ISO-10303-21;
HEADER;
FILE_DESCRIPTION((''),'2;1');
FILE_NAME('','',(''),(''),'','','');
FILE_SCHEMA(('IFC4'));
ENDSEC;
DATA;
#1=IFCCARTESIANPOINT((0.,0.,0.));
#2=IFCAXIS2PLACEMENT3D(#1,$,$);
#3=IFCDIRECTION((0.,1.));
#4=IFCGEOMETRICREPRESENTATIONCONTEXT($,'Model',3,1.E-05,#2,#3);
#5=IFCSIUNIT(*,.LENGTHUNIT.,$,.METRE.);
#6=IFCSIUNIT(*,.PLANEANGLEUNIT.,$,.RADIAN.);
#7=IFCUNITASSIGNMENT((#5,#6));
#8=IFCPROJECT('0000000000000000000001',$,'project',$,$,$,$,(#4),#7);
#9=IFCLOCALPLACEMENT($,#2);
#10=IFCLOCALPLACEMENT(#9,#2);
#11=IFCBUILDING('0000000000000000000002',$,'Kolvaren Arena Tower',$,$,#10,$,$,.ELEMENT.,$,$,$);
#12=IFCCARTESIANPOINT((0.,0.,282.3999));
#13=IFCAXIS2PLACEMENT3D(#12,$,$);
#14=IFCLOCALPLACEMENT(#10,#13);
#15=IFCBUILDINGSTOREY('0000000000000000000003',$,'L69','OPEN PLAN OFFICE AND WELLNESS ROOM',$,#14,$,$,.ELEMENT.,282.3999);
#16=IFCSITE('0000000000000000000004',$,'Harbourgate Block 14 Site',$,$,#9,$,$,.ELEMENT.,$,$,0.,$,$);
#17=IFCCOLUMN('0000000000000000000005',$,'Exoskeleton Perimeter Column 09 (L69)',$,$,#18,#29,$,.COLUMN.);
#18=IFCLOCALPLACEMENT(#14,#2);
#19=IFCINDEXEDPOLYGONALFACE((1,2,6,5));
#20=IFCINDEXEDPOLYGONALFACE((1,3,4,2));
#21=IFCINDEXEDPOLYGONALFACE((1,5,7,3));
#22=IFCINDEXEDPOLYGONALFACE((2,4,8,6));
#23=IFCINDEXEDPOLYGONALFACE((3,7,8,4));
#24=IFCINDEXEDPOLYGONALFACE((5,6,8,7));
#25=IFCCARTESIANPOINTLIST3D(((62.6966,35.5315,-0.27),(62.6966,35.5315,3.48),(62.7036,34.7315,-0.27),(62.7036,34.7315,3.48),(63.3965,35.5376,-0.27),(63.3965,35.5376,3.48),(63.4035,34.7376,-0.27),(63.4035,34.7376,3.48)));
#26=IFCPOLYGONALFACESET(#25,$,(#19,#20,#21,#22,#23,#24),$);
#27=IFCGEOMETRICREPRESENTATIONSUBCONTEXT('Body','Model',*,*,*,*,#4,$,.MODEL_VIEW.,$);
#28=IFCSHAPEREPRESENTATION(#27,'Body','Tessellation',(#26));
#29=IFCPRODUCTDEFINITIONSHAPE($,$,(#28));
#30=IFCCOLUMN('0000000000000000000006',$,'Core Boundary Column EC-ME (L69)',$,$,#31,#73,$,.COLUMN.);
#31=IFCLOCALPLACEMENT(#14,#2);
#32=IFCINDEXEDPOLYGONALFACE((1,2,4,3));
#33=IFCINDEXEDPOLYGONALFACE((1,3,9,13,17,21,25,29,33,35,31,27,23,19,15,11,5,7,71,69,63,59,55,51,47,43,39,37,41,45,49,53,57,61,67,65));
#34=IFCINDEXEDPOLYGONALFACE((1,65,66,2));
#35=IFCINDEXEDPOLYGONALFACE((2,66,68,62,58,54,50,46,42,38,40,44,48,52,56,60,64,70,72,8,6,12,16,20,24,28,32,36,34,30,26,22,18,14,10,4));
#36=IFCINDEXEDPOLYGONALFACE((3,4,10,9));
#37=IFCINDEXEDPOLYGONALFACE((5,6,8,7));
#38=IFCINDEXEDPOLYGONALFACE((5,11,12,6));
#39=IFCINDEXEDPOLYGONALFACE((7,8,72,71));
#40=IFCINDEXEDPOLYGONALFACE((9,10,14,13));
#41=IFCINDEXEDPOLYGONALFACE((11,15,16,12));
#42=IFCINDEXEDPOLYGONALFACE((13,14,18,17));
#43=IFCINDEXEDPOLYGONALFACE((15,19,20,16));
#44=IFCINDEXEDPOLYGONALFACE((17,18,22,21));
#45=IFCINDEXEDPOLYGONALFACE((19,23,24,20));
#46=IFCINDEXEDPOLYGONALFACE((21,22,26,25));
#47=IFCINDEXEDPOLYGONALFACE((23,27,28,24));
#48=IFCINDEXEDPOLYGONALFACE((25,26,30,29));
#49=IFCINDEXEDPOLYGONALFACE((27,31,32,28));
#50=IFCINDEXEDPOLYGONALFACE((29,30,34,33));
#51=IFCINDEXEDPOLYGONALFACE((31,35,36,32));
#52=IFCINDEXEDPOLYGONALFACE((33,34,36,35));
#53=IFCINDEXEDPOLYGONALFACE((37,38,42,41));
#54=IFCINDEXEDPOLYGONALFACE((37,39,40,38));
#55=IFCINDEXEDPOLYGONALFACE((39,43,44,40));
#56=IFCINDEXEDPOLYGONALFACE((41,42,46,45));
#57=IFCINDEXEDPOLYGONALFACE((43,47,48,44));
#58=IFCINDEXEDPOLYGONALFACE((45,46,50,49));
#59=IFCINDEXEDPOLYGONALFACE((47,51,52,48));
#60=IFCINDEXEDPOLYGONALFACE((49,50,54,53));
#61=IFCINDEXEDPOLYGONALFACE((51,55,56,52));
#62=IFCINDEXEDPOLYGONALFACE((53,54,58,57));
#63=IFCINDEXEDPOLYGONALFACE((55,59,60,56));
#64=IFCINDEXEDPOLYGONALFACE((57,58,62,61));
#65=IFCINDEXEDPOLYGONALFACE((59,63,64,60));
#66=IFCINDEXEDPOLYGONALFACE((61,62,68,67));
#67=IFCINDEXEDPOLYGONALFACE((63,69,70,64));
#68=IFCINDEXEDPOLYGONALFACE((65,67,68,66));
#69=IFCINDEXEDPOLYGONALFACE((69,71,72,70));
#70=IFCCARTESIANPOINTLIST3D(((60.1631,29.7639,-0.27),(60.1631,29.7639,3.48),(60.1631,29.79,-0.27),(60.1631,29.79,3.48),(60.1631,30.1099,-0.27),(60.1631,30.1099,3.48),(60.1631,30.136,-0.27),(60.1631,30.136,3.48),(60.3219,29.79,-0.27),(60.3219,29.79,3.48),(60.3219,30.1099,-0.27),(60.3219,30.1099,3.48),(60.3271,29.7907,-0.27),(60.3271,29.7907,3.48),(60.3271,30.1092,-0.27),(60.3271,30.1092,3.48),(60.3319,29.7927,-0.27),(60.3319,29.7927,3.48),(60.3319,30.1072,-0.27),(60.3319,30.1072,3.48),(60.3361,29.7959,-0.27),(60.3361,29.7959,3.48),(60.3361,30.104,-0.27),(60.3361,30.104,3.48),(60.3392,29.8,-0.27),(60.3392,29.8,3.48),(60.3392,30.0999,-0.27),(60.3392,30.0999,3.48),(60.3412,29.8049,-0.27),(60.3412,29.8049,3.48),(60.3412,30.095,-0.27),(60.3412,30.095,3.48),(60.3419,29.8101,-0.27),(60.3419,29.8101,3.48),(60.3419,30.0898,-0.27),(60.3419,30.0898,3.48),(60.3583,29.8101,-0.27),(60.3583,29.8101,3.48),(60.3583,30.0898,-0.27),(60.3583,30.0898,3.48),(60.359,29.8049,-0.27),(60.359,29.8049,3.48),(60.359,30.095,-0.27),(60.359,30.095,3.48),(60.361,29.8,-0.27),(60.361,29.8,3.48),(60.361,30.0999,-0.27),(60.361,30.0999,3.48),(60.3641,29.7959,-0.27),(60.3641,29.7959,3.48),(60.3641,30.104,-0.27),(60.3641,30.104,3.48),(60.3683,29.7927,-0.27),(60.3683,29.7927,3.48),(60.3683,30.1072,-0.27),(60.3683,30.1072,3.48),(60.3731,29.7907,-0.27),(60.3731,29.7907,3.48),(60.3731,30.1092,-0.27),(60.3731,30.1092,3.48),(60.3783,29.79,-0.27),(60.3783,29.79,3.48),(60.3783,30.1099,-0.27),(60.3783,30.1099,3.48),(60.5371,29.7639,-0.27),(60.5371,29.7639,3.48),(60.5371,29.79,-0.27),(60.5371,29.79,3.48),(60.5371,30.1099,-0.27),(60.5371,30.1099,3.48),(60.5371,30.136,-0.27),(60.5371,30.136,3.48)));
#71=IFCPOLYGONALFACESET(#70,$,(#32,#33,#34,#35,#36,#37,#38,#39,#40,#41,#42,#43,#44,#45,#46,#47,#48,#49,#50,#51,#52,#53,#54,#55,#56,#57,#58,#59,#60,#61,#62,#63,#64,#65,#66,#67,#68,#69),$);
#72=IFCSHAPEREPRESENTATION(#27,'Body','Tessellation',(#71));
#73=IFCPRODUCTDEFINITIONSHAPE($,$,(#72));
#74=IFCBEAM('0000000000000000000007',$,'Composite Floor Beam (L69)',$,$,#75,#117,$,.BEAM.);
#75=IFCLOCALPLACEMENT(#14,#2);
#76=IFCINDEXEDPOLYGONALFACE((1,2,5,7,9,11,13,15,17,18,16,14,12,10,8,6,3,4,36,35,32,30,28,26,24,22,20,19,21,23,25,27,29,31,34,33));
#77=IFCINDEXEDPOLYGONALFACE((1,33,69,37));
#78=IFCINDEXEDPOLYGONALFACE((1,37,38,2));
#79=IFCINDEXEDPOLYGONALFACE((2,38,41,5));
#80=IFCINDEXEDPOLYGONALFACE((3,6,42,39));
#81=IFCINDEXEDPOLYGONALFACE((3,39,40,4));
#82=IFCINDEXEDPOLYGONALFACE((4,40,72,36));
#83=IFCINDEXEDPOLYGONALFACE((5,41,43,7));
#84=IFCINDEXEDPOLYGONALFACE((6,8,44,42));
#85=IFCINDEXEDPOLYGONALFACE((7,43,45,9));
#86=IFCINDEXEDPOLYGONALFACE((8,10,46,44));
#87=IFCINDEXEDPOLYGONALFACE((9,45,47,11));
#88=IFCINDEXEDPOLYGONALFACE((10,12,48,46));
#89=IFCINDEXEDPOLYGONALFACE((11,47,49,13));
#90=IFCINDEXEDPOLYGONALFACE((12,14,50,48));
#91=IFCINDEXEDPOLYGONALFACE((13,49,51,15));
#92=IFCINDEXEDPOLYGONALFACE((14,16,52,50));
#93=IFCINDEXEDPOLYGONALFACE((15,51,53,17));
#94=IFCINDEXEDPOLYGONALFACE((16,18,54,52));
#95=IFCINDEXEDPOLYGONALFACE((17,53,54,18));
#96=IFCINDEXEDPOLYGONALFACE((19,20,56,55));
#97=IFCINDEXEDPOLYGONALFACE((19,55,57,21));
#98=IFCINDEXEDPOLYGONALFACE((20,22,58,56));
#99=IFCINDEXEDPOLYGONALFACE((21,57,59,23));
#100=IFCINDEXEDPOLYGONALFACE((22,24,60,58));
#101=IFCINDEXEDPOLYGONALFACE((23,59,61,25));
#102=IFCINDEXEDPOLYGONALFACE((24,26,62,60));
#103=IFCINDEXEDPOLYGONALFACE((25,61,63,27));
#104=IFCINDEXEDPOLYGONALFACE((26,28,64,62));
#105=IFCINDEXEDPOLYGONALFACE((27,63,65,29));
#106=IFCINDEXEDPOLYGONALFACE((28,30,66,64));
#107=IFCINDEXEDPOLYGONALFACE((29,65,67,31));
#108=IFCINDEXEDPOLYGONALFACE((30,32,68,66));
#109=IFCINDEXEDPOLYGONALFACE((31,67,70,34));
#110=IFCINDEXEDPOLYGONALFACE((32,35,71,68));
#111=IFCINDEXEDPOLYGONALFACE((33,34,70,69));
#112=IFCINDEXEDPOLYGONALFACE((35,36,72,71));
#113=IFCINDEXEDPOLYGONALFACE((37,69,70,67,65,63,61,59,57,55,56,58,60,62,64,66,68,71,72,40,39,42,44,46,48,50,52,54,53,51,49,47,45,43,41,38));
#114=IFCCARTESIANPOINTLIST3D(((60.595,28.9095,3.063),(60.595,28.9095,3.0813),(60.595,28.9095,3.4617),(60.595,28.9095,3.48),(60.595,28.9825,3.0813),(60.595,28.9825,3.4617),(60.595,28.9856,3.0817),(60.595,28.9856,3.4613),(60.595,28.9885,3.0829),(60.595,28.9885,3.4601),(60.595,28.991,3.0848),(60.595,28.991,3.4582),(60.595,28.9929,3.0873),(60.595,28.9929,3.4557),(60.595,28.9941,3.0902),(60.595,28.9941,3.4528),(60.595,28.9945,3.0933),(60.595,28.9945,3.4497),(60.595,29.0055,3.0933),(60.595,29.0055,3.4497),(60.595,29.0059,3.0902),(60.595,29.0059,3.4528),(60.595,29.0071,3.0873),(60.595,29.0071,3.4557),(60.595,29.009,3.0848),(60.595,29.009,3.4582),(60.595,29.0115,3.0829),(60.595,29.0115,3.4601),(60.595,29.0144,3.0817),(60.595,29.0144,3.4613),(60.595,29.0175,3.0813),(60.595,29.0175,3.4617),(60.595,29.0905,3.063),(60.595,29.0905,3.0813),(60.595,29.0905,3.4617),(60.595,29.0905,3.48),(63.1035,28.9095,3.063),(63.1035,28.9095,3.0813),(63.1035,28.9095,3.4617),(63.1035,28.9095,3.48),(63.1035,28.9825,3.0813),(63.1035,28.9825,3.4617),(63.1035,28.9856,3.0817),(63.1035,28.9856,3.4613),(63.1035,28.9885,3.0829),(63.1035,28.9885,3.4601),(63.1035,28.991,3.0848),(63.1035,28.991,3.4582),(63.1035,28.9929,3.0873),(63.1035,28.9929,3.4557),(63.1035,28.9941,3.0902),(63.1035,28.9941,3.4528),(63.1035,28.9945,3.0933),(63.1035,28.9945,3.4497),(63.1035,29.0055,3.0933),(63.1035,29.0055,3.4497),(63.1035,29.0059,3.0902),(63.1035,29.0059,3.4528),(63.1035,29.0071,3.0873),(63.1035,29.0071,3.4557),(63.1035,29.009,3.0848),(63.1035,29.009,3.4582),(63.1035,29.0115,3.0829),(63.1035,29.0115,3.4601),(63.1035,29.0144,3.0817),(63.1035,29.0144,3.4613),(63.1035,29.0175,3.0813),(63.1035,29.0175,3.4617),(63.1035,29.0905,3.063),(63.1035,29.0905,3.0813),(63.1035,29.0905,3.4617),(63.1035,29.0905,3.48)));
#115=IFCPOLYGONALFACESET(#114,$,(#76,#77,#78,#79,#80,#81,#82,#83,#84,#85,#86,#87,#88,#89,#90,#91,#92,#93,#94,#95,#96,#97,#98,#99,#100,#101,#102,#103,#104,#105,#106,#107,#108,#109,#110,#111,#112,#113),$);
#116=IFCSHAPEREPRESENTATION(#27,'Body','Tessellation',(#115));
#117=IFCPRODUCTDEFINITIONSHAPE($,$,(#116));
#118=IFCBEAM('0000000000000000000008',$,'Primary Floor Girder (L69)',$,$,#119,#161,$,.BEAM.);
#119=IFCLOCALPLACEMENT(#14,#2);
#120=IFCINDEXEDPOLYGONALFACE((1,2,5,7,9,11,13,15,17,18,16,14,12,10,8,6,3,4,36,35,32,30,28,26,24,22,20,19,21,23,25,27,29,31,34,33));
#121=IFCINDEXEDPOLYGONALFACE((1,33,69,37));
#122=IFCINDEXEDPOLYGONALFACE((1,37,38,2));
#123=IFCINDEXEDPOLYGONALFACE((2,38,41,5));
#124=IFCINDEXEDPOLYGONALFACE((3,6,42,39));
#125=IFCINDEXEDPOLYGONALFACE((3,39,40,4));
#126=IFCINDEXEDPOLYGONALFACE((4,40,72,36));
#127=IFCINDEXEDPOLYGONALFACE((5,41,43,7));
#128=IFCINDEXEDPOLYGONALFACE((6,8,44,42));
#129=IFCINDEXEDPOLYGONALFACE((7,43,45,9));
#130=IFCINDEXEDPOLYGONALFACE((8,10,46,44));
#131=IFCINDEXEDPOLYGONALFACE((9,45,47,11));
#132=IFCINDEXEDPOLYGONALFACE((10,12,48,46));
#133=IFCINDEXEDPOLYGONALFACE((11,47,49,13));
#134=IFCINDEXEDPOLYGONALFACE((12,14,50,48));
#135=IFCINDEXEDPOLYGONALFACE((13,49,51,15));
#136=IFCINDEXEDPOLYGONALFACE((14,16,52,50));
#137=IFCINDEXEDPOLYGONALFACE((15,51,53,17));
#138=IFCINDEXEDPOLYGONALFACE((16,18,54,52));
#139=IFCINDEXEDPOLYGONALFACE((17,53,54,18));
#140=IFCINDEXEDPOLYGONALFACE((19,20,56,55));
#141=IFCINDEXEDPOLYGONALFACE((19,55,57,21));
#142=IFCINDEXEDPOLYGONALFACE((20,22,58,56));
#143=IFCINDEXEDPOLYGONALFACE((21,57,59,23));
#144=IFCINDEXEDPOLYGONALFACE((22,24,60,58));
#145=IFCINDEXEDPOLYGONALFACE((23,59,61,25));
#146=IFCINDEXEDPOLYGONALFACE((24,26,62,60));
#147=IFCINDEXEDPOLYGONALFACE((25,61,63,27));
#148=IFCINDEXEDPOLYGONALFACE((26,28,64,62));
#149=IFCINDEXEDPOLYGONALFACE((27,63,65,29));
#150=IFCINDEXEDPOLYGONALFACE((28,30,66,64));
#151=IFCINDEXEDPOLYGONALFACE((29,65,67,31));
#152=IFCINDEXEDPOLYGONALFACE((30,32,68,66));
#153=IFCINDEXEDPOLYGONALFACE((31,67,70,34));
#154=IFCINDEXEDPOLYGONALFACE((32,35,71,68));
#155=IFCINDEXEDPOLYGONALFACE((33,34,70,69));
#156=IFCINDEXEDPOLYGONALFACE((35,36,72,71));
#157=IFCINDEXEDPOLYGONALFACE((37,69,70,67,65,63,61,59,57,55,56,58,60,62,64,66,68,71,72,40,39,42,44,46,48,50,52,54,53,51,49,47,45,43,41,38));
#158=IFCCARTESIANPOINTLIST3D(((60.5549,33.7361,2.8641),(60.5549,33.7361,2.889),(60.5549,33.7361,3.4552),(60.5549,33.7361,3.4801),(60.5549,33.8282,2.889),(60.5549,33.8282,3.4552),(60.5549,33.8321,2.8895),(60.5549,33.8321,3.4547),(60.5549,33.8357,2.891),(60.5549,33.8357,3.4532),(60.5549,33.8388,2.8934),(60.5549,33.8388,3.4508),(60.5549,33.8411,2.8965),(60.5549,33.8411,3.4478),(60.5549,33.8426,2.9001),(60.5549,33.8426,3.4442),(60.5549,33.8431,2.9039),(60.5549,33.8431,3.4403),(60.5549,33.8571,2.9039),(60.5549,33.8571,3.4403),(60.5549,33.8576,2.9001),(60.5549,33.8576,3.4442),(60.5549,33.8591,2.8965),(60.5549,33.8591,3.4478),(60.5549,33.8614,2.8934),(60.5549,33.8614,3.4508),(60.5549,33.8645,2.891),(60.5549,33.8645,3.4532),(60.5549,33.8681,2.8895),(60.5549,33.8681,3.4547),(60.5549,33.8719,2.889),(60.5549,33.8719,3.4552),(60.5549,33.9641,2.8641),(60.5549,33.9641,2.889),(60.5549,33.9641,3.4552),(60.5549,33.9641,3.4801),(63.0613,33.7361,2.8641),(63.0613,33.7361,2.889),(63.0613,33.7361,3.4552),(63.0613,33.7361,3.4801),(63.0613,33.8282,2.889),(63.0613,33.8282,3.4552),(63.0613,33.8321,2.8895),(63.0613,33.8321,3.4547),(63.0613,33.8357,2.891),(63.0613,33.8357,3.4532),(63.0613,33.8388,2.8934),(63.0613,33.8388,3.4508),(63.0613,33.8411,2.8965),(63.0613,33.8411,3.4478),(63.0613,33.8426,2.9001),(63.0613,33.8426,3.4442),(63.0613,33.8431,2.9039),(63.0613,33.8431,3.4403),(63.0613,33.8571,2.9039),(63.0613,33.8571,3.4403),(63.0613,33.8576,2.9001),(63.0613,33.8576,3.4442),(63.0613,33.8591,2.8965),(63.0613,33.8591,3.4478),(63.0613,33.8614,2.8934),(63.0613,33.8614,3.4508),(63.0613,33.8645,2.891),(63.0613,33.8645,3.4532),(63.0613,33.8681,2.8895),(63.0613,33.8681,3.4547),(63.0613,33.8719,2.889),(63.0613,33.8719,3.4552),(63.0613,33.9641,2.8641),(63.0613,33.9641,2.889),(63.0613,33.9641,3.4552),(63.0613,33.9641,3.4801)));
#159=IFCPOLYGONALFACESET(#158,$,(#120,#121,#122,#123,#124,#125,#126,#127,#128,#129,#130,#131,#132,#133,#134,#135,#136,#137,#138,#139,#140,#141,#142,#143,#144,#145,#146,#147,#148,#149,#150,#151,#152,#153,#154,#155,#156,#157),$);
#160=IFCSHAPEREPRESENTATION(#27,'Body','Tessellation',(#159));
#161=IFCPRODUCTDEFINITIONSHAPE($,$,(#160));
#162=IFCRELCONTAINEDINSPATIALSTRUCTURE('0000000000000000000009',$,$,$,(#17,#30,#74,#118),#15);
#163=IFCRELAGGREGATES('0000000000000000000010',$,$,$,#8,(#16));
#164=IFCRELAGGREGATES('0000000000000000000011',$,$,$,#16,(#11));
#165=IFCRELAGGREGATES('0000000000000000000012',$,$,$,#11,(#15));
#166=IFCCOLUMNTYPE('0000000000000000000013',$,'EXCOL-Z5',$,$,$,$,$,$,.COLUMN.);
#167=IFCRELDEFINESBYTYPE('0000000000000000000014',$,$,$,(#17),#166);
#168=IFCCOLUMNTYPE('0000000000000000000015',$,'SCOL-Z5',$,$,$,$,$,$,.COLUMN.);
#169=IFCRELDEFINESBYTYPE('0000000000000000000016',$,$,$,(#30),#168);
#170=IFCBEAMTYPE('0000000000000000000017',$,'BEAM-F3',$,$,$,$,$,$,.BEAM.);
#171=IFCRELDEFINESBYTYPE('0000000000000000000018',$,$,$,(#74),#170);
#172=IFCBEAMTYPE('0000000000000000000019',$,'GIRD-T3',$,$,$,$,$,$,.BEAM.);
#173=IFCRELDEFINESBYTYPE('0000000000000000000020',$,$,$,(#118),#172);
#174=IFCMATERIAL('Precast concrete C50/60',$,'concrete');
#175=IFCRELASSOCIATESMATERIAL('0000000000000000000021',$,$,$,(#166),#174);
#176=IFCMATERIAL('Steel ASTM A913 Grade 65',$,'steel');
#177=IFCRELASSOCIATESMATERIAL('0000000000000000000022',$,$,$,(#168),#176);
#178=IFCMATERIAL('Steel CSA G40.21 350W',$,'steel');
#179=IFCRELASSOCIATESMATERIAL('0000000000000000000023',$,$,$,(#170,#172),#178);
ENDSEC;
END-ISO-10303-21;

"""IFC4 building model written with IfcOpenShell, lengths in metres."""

from ifc_helpers import new_model, si_unit, direction, frame, origin, origin_2d, place, context, subcontext, project, spatial, rectangle, i_section, extrude, material, material_profile, profile_set, type_object, element, save


model = new_model("IFC4")

# Units and contexts
model_context = context("Model", 3, precision=1e-05, world=origin(), true_north=direction((0.0, 1.0)))
body_context = subcontext(model_context, "Body", "Model", "MODEL_VIEW")
ifc_project = project(units=[si_unit("LENGTHUNIT", "METRE"), si_unit("PLANEANGLEUNIT", "RADIAN")], contexts=[model_context])

# Site, building, storey
site_placement = place(None, origin())
site = spatial("IfcSite", under=ifc_project, at=site_placement, Name="Harbourgate Block 14 Site", CompositionType="ELEMENT", RefElevation=0.0)
building_placement = place(site_placement, origin())
building = spatial("IfcBuilding", under=site, at=building_placement, Name="Kolvaren Arena Tower", CompositionType="ELEMENT")
storey_placement = place(building_placement, frame((0.0, 0.0, 282.3999)))
storey = spatial("IfcBuildingStorey", under=building, at=storey_placement, Name="L69", Description="OPEN PLAN OFFICE AND WELLNESS ROOM", CompositionType="ELEMENT", Elevation=282.3999)

# Columns
ifc_material_1 = material(Name="Precast concrete C50/60", Category="concrete")
ifc_material_profile_1 = material_profile(ifc_material_1, rectangle(XDim=0.8, YDim=0.7, at=origin_2d()), Name="RC-800x700")
ifc_profile_set_1 = profile_set([ifc_material_profile_1], Name="Precast concrete C50/60")
column_type_1 = type_object("IfcColumnType", Name="EXCOL-Z5", PredefinedType="COLUMN", material=ifc_profile_set_1)
column_1_placement = place(storey_placement, frame((63.05, 35.1345, -0.27), z_axis=(0.0, 0.0, 1.0), x_axis=(-0.008727, 0.999962, 0.0)))
element("IfcColumn", 1, at=column_1_placement, inside=storey, type_object=column_type_1, Name="Exoskeleton Perimeter Column 09 (L69)", PredefinedType="COLUMN", context=body_context, shape_type="SweptSolid", body=[
    extrude(rectangle(XDim=0.8, YDim=0.7, at=origin_2d()), origin(), (0.0, 0.0, 1.0), 3.75),
])
ifc_material_2 = material(Name="Steel ASTM A913 Grade 65", Category="steel")
ifc_material_profile_2 = material_profile(ifc_material_2, i_section(OverallWidth=0.374, OverallDepth=0.3721, WebThickness=0.0164, FlangeThickness=0.0261, FilletRadius=0.02, at=origin_2d()), Name="W360x196")
ifc_profile_set_2 = profile_set([ifc_material_profile_2], Name="Steel ASTM A913 Grade 65")
column_type_2 = type_object("IfcColumnType", Name="SCOL-Z5", PredefinedType="COLUMN", material=ifc_profile_set_2)
column_2_placement = place(storey_placement, frame((60.3501, 29.95, -0.27), z_axis=(0.0, 0.0, 1.0), x_axis=(1.0, 0.0, 0.0)))
element("IfcColumn", 2, at=column_2_placement, inside=storey, type_object=column_type_2, Name="Core Boundary Column EC-ME (L69)", PredefinedType="COLUMN", context=body_context, shape_type="SweptSolid", body=[
    extrude(i_section(OverallWidth=0.374, OverallDepth=0.3721, WebThickness=0.0164, FlangeThickness=0.0261, FilletRadius=0.02, at=origin_2d()), origin(), (0.0, 0.0, 1.0), 3.75),
])

# Beams
ifc_material_3 = material(Name="Steel CSA G40.21 350W", Category="steel")
ifc_material_profile_3 = material_profile(ifc_material_3, i_section(OverallWidth=0.1809, OverallDepth=0.417, WebThickness=0.011, FlangeThickness=0.0183, FilletRadius=0.012, at=origin_2d()), Name="W410x85")
ifc_profile_set_3 = profile_set([ifc_material_profile_3], Name="Steel CSA G40.21 350W")
beam_type_1 = type_object("IfcBeamType", Name="BEAM-F3", PredefinedType="BEAM", material=ifc_profile_set_3)
beam_1_placement = place(storey_placement, frame((60.595, 29.0, 3.2715), z_axis=(1.0, 0.0, 0.0), x_axis=(0.0, 1.0, 0.0)))
element("IfcBeam", 3, at=beam_1_placement, inside=storey, type_object=beam_type_1, Name="Composite Floor Beam (L69)", PredefinedType="BEAM", context=body_context, shape_type="SweptSolid", body=[
    extrude(i_section(OverallWidth=0.1809, OverallDepth=0.417, WebThickness=0.011, FlangeThickness=0.0183, FilletRadius=0.012, at=origin_2d()), origin(), (0.0, 0.0, 1.0), 2.5085),
])
ifc_material_profile_4 = material_profile(ifc_material_3, i_section(OverallWidth=0.228, OverallDepth=0.616, WebThickness=0.0139, FlangeThickness=0.0249, FilletRadius=0.0149, at=origin_2d()), Name="W610x174")
ifc_profile_set_4 = profile_set([ifc_material_profile_4], Name="Steel CSA G40.21 350W")
beam_type_2 = type_object("IfcBeamType", Name="GIRD-T3", PredefinedType="BEAM", material=ifc_profile_set_4)
beam_2_placement = place(storey_placement, frame((60.5549, 33.8501, 3.1721), z_axis=(1.0, 0.0, 0.0), x_axis=(0.0, 1.0, 0.0)))
element("IfcBeam", 4, at=beam_2_placement, inside=storey, type_object=beam_type_2, Name="Primary Floor Girder (L69)", PredefinedType="BEAM", context=body_context, shape_type="SweptSolid", body=[
    extrude(i_section(OverallWidth=0.228, OverallDepth=0.616, WebThickness=0.0139, FlangeThickness=0.0249, FilletRadius=0.0149, at=origin_2d()), origin(), (0.0, 0.0, 1.0), 2.5063),
])

save(model, "model.ifc")
